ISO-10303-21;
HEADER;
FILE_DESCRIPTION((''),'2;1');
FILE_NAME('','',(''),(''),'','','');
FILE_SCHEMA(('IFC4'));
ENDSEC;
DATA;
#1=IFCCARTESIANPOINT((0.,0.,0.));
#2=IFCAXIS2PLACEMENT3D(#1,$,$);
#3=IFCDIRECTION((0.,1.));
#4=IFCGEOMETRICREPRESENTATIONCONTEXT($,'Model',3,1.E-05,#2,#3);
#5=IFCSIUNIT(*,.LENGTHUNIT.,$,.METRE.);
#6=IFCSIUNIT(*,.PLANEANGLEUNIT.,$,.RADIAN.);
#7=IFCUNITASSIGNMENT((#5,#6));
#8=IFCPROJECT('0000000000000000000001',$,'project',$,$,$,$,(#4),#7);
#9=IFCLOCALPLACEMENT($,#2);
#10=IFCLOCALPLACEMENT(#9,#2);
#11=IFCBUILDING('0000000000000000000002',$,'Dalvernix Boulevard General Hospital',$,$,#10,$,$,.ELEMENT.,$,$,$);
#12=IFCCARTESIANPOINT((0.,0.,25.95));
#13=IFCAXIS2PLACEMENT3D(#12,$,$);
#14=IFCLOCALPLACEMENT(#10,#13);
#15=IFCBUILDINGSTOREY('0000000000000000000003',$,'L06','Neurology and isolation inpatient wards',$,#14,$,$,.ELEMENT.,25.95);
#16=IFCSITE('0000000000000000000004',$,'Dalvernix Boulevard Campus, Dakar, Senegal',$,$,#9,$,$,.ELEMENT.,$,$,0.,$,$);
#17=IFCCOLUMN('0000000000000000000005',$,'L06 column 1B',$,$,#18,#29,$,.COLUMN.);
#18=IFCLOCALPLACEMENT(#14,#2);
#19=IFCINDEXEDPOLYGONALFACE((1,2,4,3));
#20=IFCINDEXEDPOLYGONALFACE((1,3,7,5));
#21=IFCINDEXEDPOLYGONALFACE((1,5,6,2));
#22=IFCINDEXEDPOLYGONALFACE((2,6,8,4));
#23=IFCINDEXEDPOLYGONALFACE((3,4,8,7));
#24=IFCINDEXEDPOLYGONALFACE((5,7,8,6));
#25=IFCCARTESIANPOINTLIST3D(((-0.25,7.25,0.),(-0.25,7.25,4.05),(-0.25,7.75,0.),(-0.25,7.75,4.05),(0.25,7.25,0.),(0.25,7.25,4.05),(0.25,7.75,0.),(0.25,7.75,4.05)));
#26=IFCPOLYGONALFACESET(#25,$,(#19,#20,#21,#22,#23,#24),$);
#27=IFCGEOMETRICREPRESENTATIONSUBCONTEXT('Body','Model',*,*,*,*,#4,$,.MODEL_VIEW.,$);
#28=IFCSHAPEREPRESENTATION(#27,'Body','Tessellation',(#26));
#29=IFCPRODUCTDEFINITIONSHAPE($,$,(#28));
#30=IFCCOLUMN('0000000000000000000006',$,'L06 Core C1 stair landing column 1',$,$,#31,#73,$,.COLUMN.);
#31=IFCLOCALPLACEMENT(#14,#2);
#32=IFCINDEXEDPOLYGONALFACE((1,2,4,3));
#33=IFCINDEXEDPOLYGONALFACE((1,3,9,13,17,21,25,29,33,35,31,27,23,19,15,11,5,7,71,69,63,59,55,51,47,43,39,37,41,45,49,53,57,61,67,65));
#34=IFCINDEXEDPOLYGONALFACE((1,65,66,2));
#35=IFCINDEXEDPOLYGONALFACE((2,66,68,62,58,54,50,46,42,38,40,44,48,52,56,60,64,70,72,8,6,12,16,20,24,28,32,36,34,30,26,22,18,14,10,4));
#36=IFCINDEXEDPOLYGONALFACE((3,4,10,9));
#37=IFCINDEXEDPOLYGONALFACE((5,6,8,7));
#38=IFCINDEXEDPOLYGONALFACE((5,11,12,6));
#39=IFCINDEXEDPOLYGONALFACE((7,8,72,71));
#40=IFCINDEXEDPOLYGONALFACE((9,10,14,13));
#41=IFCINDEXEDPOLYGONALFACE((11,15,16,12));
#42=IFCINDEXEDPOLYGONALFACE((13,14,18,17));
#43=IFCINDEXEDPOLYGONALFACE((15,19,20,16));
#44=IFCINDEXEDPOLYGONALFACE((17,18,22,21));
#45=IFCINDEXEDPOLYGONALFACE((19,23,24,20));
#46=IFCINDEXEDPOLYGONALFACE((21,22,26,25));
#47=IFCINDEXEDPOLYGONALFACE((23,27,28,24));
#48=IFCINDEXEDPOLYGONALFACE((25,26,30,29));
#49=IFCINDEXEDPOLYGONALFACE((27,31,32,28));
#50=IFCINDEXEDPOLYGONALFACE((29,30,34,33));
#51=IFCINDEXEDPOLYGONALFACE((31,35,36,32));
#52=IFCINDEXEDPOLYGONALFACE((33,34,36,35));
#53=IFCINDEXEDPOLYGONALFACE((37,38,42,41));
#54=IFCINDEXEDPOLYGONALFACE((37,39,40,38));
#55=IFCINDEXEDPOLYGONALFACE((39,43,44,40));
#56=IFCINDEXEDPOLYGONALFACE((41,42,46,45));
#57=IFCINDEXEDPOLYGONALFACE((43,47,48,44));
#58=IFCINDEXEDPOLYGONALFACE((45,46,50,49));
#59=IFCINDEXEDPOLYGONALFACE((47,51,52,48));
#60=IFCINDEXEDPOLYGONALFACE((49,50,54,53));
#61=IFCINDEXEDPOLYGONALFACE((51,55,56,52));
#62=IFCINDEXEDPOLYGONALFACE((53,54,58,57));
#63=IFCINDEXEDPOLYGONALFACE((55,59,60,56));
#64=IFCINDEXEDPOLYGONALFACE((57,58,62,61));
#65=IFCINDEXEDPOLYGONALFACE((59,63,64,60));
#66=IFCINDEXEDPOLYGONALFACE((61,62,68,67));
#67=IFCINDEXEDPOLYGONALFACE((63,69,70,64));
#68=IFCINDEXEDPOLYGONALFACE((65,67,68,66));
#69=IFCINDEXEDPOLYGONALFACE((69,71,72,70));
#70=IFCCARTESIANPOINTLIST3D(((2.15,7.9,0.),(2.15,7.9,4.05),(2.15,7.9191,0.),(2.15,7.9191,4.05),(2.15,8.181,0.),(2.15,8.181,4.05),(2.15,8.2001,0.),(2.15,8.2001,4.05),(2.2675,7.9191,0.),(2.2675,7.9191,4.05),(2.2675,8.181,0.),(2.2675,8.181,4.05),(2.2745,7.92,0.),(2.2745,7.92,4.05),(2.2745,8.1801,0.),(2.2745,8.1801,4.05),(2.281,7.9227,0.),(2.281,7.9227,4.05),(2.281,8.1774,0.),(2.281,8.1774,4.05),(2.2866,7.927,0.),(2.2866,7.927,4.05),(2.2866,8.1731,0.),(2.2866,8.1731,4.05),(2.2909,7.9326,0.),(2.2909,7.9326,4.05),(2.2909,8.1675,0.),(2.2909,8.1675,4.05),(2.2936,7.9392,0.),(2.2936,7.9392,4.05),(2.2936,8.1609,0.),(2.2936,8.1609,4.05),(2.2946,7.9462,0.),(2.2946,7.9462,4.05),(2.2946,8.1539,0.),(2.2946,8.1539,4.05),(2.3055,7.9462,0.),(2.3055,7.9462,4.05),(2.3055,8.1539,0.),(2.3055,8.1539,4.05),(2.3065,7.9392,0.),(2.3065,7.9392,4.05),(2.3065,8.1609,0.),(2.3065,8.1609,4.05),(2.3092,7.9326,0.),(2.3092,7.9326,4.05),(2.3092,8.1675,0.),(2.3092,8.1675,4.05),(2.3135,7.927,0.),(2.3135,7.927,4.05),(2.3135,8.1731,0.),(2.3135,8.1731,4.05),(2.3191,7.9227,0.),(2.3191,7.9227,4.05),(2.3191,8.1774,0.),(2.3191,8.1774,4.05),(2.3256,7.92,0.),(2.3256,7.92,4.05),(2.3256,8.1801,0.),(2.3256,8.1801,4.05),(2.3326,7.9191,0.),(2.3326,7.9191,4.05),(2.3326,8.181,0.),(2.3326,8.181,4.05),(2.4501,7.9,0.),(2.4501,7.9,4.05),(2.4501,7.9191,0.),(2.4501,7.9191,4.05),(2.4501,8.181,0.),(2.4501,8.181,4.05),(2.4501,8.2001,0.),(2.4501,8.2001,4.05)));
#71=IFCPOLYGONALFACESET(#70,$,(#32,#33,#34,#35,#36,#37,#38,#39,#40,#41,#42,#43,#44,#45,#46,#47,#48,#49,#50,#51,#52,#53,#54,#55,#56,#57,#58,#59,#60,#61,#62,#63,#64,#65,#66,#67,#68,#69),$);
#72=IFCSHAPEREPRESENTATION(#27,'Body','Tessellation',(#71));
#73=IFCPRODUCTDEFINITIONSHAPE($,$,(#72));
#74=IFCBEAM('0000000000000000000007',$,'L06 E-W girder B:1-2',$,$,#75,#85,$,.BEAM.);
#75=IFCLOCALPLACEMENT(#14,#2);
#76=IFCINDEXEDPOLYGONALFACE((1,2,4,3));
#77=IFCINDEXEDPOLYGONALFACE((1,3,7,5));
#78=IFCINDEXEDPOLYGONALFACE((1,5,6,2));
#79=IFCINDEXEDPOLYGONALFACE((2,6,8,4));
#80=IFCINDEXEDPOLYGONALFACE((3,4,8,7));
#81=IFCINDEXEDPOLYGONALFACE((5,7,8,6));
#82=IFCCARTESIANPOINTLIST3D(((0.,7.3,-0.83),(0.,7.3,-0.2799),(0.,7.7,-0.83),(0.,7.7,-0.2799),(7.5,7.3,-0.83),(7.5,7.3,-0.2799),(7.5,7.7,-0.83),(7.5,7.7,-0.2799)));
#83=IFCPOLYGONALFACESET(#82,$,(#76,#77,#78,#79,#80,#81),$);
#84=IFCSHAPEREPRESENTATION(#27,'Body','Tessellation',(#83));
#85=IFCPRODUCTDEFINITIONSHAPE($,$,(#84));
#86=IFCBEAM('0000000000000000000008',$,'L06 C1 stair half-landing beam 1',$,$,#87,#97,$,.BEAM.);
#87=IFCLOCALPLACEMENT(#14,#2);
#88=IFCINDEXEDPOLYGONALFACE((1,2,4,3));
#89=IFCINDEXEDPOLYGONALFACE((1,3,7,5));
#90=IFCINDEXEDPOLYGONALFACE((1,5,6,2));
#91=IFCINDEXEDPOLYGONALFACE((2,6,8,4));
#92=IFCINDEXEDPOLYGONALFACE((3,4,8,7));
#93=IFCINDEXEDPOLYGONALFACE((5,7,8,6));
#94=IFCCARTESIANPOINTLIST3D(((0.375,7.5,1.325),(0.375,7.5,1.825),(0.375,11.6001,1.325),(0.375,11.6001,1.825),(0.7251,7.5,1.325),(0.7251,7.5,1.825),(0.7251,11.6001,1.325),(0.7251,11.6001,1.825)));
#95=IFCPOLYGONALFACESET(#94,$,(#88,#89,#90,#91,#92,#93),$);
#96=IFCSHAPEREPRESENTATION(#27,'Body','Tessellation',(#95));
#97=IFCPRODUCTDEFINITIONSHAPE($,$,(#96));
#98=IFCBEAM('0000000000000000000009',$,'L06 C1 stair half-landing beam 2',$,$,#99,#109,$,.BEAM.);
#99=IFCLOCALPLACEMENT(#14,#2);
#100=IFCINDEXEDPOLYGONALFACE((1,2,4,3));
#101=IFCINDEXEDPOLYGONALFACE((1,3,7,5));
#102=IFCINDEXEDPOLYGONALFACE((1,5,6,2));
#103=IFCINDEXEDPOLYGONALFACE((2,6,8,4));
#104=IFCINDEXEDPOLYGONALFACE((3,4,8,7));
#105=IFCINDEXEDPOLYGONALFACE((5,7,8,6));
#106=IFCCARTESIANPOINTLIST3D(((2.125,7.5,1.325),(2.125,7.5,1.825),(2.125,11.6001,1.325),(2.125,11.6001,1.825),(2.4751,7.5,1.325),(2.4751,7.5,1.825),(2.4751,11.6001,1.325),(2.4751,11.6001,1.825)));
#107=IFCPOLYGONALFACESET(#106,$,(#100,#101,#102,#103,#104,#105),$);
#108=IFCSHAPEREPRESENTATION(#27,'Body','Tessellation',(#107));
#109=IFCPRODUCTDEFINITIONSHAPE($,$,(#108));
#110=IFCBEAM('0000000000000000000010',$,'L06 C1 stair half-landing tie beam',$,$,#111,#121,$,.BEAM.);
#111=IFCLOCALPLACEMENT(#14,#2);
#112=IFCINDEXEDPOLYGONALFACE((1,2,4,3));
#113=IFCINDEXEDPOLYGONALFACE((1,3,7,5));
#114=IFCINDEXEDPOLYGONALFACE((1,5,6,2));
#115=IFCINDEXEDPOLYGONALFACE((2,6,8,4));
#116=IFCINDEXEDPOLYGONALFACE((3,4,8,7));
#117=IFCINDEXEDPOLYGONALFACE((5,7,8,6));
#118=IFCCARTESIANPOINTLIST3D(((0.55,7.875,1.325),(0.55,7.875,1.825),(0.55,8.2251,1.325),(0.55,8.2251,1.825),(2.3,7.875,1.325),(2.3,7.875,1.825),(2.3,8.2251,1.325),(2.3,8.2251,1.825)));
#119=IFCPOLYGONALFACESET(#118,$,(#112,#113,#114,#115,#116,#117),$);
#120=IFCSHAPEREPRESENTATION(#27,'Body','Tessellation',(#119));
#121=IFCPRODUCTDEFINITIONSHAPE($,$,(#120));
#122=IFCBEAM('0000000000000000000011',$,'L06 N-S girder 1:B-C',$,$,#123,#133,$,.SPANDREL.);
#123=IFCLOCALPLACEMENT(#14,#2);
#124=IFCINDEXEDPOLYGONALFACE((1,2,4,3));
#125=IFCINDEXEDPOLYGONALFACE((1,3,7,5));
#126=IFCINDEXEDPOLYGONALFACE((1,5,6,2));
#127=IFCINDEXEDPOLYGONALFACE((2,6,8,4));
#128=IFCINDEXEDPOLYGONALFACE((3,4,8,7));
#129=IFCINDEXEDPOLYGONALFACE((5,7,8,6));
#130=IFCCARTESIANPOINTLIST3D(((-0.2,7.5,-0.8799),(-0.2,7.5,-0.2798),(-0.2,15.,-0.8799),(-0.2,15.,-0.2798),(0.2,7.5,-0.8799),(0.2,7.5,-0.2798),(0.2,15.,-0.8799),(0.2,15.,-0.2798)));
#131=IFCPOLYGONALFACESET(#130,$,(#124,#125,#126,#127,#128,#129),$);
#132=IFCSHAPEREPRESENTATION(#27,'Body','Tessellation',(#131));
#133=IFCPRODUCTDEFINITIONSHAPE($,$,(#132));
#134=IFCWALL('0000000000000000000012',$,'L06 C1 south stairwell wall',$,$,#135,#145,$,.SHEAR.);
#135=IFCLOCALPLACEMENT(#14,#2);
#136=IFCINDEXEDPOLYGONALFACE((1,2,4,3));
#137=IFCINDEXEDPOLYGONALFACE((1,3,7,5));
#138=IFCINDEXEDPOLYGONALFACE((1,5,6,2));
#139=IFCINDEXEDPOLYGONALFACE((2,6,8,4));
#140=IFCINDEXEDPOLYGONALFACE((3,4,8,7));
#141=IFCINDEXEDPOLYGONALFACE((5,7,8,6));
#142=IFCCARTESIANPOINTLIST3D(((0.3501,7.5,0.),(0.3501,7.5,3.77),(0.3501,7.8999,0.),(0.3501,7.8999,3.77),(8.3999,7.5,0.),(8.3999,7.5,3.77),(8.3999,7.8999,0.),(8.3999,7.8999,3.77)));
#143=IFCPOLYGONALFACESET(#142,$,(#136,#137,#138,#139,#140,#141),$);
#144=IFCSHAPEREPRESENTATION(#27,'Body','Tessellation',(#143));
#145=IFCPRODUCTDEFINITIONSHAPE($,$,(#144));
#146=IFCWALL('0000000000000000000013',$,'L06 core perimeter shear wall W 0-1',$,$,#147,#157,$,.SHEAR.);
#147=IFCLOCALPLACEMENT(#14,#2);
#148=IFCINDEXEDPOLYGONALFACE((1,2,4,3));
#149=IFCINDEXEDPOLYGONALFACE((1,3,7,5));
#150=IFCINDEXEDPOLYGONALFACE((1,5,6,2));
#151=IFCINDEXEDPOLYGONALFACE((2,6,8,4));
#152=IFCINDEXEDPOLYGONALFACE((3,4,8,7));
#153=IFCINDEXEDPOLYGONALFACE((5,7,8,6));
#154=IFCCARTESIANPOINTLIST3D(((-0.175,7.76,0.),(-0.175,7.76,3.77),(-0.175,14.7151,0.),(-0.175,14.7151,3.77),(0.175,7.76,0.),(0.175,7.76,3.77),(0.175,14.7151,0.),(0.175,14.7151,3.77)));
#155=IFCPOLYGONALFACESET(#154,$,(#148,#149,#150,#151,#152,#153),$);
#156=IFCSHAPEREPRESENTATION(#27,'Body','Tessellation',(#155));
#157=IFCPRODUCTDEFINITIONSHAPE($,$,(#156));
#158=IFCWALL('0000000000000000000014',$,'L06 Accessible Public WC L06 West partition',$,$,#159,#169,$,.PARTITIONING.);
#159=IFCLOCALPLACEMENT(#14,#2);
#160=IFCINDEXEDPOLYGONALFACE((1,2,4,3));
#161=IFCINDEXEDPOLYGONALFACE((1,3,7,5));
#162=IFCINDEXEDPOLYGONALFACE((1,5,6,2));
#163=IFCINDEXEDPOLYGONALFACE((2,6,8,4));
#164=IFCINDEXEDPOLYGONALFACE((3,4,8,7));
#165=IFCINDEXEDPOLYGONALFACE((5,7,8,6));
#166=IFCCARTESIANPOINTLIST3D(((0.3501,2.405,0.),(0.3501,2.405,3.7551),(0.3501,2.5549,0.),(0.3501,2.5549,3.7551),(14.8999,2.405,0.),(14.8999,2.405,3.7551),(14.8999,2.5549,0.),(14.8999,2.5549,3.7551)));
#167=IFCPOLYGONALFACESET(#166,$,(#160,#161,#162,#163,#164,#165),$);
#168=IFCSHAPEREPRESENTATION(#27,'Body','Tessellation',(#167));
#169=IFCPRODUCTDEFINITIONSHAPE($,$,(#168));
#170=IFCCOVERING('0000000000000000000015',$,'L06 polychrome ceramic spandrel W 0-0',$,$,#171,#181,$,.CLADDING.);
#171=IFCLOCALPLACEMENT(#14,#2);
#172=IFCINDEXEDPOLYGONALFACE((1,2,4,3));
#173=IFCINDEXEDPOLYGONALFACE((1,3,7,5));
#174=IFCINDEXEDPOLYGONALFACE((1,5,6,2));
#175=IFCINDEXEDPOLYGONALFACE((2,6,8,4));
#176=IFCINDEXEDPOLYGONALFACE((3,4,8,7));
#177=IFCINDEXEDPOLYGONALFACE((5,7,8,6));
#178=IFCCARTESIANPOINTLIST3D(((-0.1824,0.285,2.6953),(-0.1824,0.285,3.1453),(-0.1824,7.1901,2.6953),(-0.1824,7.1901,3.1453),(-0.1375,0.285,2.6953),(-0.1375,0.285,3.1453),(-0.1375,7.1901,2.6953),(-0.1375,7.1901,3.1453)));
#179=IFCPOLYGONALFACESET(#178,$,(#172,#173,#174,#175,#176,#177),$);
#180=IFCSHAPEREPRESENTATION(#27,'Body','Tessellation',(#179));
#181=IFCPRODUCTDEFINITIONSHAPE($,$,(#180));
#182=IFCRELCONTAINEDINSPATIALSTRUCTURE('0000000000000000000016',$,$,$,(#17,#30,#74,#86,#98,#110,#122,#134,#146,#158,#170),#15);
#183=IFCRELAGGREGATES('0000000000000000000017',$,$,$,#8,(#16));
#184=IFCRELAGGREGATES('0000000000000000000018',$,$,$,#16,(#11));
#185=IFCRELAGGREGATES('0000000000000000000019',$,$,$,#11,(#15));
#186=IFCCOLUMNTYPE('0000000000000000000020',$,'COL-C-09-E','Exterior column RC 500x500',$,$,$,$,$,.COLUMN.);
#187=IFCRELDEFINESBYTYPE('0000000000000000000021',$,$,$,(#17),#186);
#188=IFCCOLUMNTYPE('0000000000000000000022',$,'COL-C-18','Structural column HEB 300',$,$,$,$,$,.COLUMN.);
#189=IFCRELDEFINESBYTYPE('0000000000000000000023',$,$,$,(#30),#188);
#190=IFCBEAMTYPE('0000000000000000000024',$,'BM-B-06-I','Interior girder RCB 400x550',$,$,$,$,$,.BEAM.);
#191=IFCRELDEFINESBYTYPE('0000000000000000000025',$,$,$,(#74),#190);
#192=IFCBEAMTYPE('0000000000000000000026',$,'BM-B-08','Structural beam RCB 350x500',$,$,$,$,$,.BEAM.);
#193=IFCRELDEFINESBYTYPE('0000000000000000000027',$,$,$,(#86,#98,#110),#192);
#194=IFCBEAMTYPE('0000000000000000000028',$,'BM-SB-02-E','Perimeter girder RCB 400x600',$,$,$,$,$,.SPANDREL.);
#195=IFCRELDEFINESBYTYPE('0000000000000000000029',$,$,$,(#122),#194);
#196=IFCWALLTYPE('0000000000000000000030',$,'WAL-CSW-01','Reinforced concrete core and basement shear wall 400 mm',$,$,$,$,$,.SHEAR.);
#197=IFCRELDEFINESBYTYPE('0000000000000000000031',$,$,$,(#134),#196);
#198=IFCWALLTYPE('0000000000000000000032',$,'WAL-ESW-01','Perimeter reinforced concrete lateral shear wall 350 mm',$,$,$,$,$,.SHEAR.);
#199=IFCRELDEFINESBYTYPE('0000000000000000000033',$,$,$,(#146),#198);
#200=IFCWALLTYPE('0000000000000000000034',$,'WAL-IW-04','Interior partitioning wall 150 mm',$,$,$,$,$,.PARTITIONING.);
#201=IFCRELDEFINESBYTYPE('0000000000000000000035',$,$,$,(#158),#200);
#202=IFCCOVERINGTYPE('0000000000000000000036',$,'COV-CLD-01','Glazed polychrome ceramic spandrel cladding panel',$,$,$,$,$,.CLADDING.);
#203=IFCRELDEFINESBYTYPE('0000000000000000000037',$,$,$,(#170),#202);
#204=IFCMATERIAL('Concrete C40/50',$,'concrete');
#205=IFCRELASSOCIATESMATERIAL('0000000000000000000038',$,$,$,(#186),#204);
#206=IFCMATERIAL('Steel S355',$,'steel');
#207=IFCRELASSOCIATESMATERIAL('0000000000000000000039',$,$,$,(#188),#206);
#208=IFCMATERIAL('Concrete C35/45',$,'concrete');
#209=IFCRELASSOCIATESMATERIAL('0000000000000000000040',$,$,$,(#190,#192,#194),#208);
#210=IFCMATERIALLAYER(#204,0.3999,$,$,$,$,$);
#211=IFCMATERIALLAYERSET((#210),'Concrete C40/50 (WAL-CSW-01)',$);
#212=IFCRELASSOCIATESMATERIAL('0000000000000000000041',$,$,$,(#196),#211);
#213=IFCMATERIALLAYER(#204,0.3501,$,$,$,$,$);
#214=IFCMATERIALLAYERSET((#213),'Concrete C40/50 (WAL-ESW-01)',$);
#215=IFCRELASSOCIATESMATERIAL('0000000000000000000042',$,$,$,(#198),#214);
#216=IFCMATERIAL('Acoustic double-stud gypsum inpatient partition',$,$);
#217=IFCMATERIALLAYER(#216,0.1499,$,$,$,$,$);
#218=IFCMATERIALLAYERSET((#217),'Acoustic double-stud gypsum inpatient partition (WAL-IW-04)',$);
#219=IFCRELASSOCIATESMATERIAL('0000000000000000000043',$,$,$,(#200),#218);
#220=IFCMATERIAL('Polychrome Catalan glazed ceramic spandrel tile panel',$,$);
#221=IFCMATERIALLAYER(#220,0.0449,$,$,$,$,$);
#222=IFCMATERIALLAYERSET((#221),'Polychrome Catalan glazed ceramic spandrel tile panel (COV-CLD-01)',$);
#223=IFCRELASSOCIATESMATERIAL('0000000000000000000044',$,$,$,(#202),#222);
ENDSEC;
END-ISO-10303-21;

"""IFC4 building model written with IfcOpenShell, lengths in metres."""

from ifc_helpers import new_model, si_unit, direction, frame, frame_2d, origin, origin_2d, place, context, subcontext, project, spatial, rectangle, i_section, extrude, material, layer, layer_set, material_profile, profile_set, type_object, element, save


model = new_model("IFC4")

# Units and contexts
model_context = context("Model", 3, precision=1e-05, world=origin(), true_north=direction((0.0, 1.0)))
body_context = subcontext(model_context, "Body", "Model", "MODEL_VIEW")
ifc_project = project(units=[si_unit("LENGTHUNIT", "METRE"), si_unit("PLANEANGLEUNIT", "RADIAN")], contexts=[model_context])

# Site, building, storey
site_placement = place(None, origin())
site = spatial("IfcSite", under=ifc_project, at=site_placement, Name="Dalvernix Boulevard Campus, Dakar, Senegal", CompositionType="ELEMENT", RefElevation=0.0)
building_placement = place(site_placement, origin())
building = spatial("IfcBuilding", under=site, at=building_placement, Name="Dalvernix Boulevard General Hospital", CompositionType="ELEMENT")
storey_placement = place(building_placement, frame((0.0, 0.0, 25.95)))
storey = spatial("IfcBuildingStorey", under=building, at=storey_placement, Name="L06", Description="Neurology and isolation inpatient wards", CompositionType="ELEMENT", Elevation=25.95)

# Columns
ifc_material_1 = material(Name="Concrete C40/50", Category="concrete")
ifc_material_profile_1 = material_profile(ifc_material_1, rectangle(XDim=0.5, YDim=0.5, at=origin_2d()), Name="RC 500x500")
ifc_profile_set_1 = profile_set([ifc_material_profile_1], Name="Concrete C40/50")
column_type_1 = type_object("IfcColumnType", Name="COL-C-09-E", Description="Exterior column RC 500x500", PredefinedType="COLUMN", material=ifc_profile_set_1)
column_1_placement = place(storey_placement, frame((0.0, 7.5, 0.0), z_axis=(0.0, 0.0, 1.0), x_axis=(1.0, 0.0, 0.0)))
element("IfcColumn", 1, at=column_1_placement, inside=storey, type_object=column_type_1, Name="L06 column 1B", PredefinedType="COLUMN", context=body_context, shape_type="SweptSolid", body=[
    extrude(rectangle(XDim=0.5, YDim=0.5, at=origin_2d()), origin(), (0.0, 0.0, 1.0), 4.05),
])
ifc_material_2 = material(Name="Steel S355", Category="steel")
ifc_material_profile_2 = material_profile(ifc_material_2, i_section(OverallWidth=0.3, OverallDepth=0.3, WebThickness=0.011, FlangeThickness=0.019, FilletRadius=0.0271, at=origin_2d()), Name="HEB 300")
ifc_profile_set_2 = profile_set([ifc_material_profile_2], Name="Steel S355")
column_type_2 = type_object("IfcColumnType", Name="COL-C-18", Description="Structural column HEB 300", PredefinedType="COLUMN", material=ifc_profile_set_2)
column_2_placement = place(storey_placement, frame((2.3, 8.05, 0.0), z_axis=(0.0, 0.0, 1.0), x_axis=(1.0, 0.0, 0.0)))
element("IfcColumn", 2, at=column_2_placement, inside=storey, type_object=column_type_2, Name="L06 Core C1 stair landing column 1", PredefinedType="COLUMN", context=body_context, shape_type="SweptSolid", body=[
    extrude(i_section(OverallWidth=0.3, OverallDepth=0.3, WebThickness=0.011, FlangeThickness=0.019, FilletRadius=0.0271, at=origin_2d()), origin(), (0.0, 0.0, 1.0), 4.05),
])

# Beams
ifc_material_3 = material(Name="Concrete C35/45", Category="concrete")
ifc_material_profile_3 = material_profile(ifc_material_3, rectangle(XDim=0.3999, YDim=0.55, at=origin_2d()), Name="RCB 400x550")
ifc_profile_set_3 = profile_set([ifc_material_profile_3], Name="Concrete C35/45")
beam_type_1 = type_object("IfcBeamType", Name="BM-B-06-I", Description="Interior girder RCB 400x550", PredefinedType="BEAM", material=ifc_profile_set_3)
beam_1_placement = place(storey_placement, frame((0.0, 7.5, -0.5549), z_axis=(1.0, 0.0, 0.0), x_axis=(0.0, 1.0, 0.0)))
element("IfcBeam", 3, at=beam_1_placement, inside=storey, type_object=beam_type_1, Name="L06 E-W girder B:1-2", PredefinedType="BEAM", context=body_context, shape_type="SweptSolid", body=[
    extrude(rectangle(XDim=0.3999, YDim=0.55, at=origin_2d()), origin(), (0.0, 0.0, 1.0), 7.5),
])
ifc_material_profile_4 = material_profile(ifc_material_3, rectangle(XDim=0.3501, YDim=0.5, at=origin_2d()), Name="RCB 350x500")
ifc_profile_set_4 = profile_set([ifc_material_profile_4], Name="Concrete C35/45")
beam_type_2 = type_object("IfcBeamType", Name="BM-B-08", Description="Structural beam RCB 350x500", PredefinedType="BEAM", material=ifc_profile_set_4)
for number, where, z_axis, x_axis, name in (
    (4, (0.55, 7.5, 1.575), (0.0, 1.0, 0.0), (-1.0, 0.0, 0.0), "L06 C1 stair half-landing beam 1"),
    (5, (2.3, 7.5, 1.575), (0.0, 1.0, 0.0), (-1.0, 0.0, 0.0), "L06 C1 stair half-landing beam 2"),
):
    element("IfcBeam", number, at=place(storey_placement, frame(where, z_axis=z_axis, x_axis=x_axis)), inside=storey, type_object=beam_type_2, Name=name, PredefinedType="BEAM", context=body_context, shape_type="SweptSolid", body=[
        extrude(rectangle(XDim=0.3501, YDim=0.5, at=origin_2d()), origin(), (0.0, 0.0, 1.0), 4.1001),
    ])
beam_2_placement = place(storey_placement, frame((0.55, 8.05, 1.575), z_axis=(1.0, 0.0, 0.0), x_axis=(0.0, 1.0, 0.0)))
element("IfcBeam", 6, at=beam_2_placement, inside=storey, type_object=beam_type_2, Name="L06 C1 stair half-landing tie beam", PredefinedType="BEAM", context=body_context, shape_type="SweptSolid", body=[
    extrude(rectangle(XDim=0.3501, YDim=0.5, at=origin_2d()), origin(), (0.0, 0.0, 1.0), 1.75),
])
ifc_material_profile_5 = material_profile(ifc_material_3, rectangle(XDim=0.3999, YDim=0.6001, at=origin_2d()), Name="RCB 400x600")
ifc_profile_set_5 = profile_set([ifc_material_profile_5], Name="Concrete C35/45")
beam_type_3 = type_object("IfcBeamType", Name="BM-SB-02-E", Description="Perimeter girder RCB 400x600", PredefinedType="SPANDREL", material=ifc_profile_set_5)
beam_3_placement = place(storey_placement, frame((0.0, 7.5, -0.5798), z_axis=(0.0, 1.0, 0.0), x_axis=(-1.0, 0.0, 0.0)))
element("IfcBeam", 7, at=beam_3_placement, inside=storey, type_object=beam_type_3, Name="L06 N-S girder 1:B-C", PredefinedType="SPANDREL", context=body_context, shape_type="SweptSolid", body=[
    extrude(rectangle(XDim=0.3999, YDim=0.6001, at=origin_2d()), origin(), (0.0, 0.0, 1.0), 7.5),
])

# Walls
ifc_layer_1 = layer(ifc_material_1, 0.3999)
ifc_layer_set_1 = layer_set([ifc_layer_1], Name="Concrete C40/50 (WAL-CSW-01)")
wall_type_1 = type_object("IfcWallType", Name="WAL-CSW-01", Description="Reinforced concrete core and basement shear wall 400 mm", PredefinedType="SHEAR", material=ifc_layer_set_1)
wall_1_placement = place(storey_placement, frame((0.3501, 7.7, 0.0), z_axis=(0.0, 0.0, 1.0), x_axis=(1.0, 0.0, 0.0)))
element("IfcWall", 8, at=wall_1_placement, inside=storey, type_object=wall_type_1, Name="L06 C1 south stairwell wall", PredefinedType="SHEAR", context=body_context, shape_type="SweptSolid", body=[
    extrude(rectangle(XDim=8.0498, YDim=0.3999, at=frame_2d((4.0249, 0.0))), origin(), (0.0, 0.0, 1.0), 3.77),
])
ifc_layer_2 = layer(ifc_material_1, 0.3501)
ifc_layer_set_2 = layer_set([ifc_layer_2], Name="Concrete C40/50 (WAL-ESW-01)")
wall_type_2 = type_object("IfcWallType", Name="WAL-ESW-01", Description="Perimeter reinforced concrete lateral shear wall 350 mm", PredefinedType="SHEAR", material=ifc_layer_set_2)
wall_2_placement = place(storey_placement, frame((0.0, 7.76, 0.0), z_axis=(0.0, 0.0, 1.0), x_axis=(0.0, 1.0, 0.0)))
element("IfcWall", 9, at=wall_2_placement, inside=storey, type_object=wall_type_2, Name="L06 core perimeter shear wall W 0-1", PredefinedType="SHEAR", context=body_context, shape_type="SweptSolid", body=[
    extrude(rectangle(XDim=6.9551, YDim=0.3501, at=frame_2d((3.4775, 0.0))), origin(), (0.0, 0.0, 1.0), 3.77),
])
ifc_material_4 = material(Name="Acoustic double-stud gypsum inpatient partition")
ifc_layer_3 = layer(ifc_material_4, 0.1499)
ifc_layer_set_3 = layer_set([ifc_layer_3], Name="Acoustic double-stud gypsum inpatient partition (WAL-IW-04)")
wall_type_3 = type_object("IfcWallType", Name="WAL-IW-04", Description="Interior partitioning wall 150 mm", PredefinedType="PARTITIONING", material=ifc_layer_set_3)
wall_3_placement = place(storey_placement, frame((0.3501, 2.48, 0.0), z_axis=(0.0, 0.0, 1.0), x_axis=(1.0, 0.0, 0.0)))
element("IfcWall", 10, at=wall_3_placement, inside=storey, type_object=wall_type_3, Name="L06 Accessible Public WC L06 West partition", PredefinedType="PARTITIONING", context=body_context, shape_type="SweptSolid", body=[
    extrude(rectangle(XDim=14.5498, YDim=0.1499, at=frame_2d((7.2749, 0.0))), origin(), (0.0, 0.0, 1.0), 3.7551),
])

# Covering
ifc_material_5 = material(Name="Polychrome Catalan glazed ceramic spandrel tile panel")
ifc_layer_4 = layer(ifc_material_5, 0.0449)
ifc_layer_set_4 = layer_set([ifc_layer_4], Name="Polychrome Catalan glazed ceramic spandrel tile panel (COV-CLD-01)")
covering_type_1 = type_object("IfcCoveringType", Name="COV-CLD-01", Description="Glazed polychrome ceramic spandrel cladding panel", PredefinedType="CLADDING", material=ifc_layer_set_4)
covering_1_placement = place(storey_placement, frame((-0.1599, 3.7375, 2.6953), z_axis=(0.0, 0.0, 1.0), x_axis=(0.0, 1.0, 0.0)))
element("IfcCovering", 11, at=covering_1_placement, inside=storey, type_object=covering_type_1, Name="L06 polychrome ceramic spandrel W 0-0", PredefinedType="CLADDING", context=body_context, shape_type="SweptSolid", body=[
    extrude(rectangle(XDim=6.905, YDim=0.0449, at=origin_2d()), origin(), (0.0, 0.0, 1.0), 0.45),
])

save(model, "model.ifc")
